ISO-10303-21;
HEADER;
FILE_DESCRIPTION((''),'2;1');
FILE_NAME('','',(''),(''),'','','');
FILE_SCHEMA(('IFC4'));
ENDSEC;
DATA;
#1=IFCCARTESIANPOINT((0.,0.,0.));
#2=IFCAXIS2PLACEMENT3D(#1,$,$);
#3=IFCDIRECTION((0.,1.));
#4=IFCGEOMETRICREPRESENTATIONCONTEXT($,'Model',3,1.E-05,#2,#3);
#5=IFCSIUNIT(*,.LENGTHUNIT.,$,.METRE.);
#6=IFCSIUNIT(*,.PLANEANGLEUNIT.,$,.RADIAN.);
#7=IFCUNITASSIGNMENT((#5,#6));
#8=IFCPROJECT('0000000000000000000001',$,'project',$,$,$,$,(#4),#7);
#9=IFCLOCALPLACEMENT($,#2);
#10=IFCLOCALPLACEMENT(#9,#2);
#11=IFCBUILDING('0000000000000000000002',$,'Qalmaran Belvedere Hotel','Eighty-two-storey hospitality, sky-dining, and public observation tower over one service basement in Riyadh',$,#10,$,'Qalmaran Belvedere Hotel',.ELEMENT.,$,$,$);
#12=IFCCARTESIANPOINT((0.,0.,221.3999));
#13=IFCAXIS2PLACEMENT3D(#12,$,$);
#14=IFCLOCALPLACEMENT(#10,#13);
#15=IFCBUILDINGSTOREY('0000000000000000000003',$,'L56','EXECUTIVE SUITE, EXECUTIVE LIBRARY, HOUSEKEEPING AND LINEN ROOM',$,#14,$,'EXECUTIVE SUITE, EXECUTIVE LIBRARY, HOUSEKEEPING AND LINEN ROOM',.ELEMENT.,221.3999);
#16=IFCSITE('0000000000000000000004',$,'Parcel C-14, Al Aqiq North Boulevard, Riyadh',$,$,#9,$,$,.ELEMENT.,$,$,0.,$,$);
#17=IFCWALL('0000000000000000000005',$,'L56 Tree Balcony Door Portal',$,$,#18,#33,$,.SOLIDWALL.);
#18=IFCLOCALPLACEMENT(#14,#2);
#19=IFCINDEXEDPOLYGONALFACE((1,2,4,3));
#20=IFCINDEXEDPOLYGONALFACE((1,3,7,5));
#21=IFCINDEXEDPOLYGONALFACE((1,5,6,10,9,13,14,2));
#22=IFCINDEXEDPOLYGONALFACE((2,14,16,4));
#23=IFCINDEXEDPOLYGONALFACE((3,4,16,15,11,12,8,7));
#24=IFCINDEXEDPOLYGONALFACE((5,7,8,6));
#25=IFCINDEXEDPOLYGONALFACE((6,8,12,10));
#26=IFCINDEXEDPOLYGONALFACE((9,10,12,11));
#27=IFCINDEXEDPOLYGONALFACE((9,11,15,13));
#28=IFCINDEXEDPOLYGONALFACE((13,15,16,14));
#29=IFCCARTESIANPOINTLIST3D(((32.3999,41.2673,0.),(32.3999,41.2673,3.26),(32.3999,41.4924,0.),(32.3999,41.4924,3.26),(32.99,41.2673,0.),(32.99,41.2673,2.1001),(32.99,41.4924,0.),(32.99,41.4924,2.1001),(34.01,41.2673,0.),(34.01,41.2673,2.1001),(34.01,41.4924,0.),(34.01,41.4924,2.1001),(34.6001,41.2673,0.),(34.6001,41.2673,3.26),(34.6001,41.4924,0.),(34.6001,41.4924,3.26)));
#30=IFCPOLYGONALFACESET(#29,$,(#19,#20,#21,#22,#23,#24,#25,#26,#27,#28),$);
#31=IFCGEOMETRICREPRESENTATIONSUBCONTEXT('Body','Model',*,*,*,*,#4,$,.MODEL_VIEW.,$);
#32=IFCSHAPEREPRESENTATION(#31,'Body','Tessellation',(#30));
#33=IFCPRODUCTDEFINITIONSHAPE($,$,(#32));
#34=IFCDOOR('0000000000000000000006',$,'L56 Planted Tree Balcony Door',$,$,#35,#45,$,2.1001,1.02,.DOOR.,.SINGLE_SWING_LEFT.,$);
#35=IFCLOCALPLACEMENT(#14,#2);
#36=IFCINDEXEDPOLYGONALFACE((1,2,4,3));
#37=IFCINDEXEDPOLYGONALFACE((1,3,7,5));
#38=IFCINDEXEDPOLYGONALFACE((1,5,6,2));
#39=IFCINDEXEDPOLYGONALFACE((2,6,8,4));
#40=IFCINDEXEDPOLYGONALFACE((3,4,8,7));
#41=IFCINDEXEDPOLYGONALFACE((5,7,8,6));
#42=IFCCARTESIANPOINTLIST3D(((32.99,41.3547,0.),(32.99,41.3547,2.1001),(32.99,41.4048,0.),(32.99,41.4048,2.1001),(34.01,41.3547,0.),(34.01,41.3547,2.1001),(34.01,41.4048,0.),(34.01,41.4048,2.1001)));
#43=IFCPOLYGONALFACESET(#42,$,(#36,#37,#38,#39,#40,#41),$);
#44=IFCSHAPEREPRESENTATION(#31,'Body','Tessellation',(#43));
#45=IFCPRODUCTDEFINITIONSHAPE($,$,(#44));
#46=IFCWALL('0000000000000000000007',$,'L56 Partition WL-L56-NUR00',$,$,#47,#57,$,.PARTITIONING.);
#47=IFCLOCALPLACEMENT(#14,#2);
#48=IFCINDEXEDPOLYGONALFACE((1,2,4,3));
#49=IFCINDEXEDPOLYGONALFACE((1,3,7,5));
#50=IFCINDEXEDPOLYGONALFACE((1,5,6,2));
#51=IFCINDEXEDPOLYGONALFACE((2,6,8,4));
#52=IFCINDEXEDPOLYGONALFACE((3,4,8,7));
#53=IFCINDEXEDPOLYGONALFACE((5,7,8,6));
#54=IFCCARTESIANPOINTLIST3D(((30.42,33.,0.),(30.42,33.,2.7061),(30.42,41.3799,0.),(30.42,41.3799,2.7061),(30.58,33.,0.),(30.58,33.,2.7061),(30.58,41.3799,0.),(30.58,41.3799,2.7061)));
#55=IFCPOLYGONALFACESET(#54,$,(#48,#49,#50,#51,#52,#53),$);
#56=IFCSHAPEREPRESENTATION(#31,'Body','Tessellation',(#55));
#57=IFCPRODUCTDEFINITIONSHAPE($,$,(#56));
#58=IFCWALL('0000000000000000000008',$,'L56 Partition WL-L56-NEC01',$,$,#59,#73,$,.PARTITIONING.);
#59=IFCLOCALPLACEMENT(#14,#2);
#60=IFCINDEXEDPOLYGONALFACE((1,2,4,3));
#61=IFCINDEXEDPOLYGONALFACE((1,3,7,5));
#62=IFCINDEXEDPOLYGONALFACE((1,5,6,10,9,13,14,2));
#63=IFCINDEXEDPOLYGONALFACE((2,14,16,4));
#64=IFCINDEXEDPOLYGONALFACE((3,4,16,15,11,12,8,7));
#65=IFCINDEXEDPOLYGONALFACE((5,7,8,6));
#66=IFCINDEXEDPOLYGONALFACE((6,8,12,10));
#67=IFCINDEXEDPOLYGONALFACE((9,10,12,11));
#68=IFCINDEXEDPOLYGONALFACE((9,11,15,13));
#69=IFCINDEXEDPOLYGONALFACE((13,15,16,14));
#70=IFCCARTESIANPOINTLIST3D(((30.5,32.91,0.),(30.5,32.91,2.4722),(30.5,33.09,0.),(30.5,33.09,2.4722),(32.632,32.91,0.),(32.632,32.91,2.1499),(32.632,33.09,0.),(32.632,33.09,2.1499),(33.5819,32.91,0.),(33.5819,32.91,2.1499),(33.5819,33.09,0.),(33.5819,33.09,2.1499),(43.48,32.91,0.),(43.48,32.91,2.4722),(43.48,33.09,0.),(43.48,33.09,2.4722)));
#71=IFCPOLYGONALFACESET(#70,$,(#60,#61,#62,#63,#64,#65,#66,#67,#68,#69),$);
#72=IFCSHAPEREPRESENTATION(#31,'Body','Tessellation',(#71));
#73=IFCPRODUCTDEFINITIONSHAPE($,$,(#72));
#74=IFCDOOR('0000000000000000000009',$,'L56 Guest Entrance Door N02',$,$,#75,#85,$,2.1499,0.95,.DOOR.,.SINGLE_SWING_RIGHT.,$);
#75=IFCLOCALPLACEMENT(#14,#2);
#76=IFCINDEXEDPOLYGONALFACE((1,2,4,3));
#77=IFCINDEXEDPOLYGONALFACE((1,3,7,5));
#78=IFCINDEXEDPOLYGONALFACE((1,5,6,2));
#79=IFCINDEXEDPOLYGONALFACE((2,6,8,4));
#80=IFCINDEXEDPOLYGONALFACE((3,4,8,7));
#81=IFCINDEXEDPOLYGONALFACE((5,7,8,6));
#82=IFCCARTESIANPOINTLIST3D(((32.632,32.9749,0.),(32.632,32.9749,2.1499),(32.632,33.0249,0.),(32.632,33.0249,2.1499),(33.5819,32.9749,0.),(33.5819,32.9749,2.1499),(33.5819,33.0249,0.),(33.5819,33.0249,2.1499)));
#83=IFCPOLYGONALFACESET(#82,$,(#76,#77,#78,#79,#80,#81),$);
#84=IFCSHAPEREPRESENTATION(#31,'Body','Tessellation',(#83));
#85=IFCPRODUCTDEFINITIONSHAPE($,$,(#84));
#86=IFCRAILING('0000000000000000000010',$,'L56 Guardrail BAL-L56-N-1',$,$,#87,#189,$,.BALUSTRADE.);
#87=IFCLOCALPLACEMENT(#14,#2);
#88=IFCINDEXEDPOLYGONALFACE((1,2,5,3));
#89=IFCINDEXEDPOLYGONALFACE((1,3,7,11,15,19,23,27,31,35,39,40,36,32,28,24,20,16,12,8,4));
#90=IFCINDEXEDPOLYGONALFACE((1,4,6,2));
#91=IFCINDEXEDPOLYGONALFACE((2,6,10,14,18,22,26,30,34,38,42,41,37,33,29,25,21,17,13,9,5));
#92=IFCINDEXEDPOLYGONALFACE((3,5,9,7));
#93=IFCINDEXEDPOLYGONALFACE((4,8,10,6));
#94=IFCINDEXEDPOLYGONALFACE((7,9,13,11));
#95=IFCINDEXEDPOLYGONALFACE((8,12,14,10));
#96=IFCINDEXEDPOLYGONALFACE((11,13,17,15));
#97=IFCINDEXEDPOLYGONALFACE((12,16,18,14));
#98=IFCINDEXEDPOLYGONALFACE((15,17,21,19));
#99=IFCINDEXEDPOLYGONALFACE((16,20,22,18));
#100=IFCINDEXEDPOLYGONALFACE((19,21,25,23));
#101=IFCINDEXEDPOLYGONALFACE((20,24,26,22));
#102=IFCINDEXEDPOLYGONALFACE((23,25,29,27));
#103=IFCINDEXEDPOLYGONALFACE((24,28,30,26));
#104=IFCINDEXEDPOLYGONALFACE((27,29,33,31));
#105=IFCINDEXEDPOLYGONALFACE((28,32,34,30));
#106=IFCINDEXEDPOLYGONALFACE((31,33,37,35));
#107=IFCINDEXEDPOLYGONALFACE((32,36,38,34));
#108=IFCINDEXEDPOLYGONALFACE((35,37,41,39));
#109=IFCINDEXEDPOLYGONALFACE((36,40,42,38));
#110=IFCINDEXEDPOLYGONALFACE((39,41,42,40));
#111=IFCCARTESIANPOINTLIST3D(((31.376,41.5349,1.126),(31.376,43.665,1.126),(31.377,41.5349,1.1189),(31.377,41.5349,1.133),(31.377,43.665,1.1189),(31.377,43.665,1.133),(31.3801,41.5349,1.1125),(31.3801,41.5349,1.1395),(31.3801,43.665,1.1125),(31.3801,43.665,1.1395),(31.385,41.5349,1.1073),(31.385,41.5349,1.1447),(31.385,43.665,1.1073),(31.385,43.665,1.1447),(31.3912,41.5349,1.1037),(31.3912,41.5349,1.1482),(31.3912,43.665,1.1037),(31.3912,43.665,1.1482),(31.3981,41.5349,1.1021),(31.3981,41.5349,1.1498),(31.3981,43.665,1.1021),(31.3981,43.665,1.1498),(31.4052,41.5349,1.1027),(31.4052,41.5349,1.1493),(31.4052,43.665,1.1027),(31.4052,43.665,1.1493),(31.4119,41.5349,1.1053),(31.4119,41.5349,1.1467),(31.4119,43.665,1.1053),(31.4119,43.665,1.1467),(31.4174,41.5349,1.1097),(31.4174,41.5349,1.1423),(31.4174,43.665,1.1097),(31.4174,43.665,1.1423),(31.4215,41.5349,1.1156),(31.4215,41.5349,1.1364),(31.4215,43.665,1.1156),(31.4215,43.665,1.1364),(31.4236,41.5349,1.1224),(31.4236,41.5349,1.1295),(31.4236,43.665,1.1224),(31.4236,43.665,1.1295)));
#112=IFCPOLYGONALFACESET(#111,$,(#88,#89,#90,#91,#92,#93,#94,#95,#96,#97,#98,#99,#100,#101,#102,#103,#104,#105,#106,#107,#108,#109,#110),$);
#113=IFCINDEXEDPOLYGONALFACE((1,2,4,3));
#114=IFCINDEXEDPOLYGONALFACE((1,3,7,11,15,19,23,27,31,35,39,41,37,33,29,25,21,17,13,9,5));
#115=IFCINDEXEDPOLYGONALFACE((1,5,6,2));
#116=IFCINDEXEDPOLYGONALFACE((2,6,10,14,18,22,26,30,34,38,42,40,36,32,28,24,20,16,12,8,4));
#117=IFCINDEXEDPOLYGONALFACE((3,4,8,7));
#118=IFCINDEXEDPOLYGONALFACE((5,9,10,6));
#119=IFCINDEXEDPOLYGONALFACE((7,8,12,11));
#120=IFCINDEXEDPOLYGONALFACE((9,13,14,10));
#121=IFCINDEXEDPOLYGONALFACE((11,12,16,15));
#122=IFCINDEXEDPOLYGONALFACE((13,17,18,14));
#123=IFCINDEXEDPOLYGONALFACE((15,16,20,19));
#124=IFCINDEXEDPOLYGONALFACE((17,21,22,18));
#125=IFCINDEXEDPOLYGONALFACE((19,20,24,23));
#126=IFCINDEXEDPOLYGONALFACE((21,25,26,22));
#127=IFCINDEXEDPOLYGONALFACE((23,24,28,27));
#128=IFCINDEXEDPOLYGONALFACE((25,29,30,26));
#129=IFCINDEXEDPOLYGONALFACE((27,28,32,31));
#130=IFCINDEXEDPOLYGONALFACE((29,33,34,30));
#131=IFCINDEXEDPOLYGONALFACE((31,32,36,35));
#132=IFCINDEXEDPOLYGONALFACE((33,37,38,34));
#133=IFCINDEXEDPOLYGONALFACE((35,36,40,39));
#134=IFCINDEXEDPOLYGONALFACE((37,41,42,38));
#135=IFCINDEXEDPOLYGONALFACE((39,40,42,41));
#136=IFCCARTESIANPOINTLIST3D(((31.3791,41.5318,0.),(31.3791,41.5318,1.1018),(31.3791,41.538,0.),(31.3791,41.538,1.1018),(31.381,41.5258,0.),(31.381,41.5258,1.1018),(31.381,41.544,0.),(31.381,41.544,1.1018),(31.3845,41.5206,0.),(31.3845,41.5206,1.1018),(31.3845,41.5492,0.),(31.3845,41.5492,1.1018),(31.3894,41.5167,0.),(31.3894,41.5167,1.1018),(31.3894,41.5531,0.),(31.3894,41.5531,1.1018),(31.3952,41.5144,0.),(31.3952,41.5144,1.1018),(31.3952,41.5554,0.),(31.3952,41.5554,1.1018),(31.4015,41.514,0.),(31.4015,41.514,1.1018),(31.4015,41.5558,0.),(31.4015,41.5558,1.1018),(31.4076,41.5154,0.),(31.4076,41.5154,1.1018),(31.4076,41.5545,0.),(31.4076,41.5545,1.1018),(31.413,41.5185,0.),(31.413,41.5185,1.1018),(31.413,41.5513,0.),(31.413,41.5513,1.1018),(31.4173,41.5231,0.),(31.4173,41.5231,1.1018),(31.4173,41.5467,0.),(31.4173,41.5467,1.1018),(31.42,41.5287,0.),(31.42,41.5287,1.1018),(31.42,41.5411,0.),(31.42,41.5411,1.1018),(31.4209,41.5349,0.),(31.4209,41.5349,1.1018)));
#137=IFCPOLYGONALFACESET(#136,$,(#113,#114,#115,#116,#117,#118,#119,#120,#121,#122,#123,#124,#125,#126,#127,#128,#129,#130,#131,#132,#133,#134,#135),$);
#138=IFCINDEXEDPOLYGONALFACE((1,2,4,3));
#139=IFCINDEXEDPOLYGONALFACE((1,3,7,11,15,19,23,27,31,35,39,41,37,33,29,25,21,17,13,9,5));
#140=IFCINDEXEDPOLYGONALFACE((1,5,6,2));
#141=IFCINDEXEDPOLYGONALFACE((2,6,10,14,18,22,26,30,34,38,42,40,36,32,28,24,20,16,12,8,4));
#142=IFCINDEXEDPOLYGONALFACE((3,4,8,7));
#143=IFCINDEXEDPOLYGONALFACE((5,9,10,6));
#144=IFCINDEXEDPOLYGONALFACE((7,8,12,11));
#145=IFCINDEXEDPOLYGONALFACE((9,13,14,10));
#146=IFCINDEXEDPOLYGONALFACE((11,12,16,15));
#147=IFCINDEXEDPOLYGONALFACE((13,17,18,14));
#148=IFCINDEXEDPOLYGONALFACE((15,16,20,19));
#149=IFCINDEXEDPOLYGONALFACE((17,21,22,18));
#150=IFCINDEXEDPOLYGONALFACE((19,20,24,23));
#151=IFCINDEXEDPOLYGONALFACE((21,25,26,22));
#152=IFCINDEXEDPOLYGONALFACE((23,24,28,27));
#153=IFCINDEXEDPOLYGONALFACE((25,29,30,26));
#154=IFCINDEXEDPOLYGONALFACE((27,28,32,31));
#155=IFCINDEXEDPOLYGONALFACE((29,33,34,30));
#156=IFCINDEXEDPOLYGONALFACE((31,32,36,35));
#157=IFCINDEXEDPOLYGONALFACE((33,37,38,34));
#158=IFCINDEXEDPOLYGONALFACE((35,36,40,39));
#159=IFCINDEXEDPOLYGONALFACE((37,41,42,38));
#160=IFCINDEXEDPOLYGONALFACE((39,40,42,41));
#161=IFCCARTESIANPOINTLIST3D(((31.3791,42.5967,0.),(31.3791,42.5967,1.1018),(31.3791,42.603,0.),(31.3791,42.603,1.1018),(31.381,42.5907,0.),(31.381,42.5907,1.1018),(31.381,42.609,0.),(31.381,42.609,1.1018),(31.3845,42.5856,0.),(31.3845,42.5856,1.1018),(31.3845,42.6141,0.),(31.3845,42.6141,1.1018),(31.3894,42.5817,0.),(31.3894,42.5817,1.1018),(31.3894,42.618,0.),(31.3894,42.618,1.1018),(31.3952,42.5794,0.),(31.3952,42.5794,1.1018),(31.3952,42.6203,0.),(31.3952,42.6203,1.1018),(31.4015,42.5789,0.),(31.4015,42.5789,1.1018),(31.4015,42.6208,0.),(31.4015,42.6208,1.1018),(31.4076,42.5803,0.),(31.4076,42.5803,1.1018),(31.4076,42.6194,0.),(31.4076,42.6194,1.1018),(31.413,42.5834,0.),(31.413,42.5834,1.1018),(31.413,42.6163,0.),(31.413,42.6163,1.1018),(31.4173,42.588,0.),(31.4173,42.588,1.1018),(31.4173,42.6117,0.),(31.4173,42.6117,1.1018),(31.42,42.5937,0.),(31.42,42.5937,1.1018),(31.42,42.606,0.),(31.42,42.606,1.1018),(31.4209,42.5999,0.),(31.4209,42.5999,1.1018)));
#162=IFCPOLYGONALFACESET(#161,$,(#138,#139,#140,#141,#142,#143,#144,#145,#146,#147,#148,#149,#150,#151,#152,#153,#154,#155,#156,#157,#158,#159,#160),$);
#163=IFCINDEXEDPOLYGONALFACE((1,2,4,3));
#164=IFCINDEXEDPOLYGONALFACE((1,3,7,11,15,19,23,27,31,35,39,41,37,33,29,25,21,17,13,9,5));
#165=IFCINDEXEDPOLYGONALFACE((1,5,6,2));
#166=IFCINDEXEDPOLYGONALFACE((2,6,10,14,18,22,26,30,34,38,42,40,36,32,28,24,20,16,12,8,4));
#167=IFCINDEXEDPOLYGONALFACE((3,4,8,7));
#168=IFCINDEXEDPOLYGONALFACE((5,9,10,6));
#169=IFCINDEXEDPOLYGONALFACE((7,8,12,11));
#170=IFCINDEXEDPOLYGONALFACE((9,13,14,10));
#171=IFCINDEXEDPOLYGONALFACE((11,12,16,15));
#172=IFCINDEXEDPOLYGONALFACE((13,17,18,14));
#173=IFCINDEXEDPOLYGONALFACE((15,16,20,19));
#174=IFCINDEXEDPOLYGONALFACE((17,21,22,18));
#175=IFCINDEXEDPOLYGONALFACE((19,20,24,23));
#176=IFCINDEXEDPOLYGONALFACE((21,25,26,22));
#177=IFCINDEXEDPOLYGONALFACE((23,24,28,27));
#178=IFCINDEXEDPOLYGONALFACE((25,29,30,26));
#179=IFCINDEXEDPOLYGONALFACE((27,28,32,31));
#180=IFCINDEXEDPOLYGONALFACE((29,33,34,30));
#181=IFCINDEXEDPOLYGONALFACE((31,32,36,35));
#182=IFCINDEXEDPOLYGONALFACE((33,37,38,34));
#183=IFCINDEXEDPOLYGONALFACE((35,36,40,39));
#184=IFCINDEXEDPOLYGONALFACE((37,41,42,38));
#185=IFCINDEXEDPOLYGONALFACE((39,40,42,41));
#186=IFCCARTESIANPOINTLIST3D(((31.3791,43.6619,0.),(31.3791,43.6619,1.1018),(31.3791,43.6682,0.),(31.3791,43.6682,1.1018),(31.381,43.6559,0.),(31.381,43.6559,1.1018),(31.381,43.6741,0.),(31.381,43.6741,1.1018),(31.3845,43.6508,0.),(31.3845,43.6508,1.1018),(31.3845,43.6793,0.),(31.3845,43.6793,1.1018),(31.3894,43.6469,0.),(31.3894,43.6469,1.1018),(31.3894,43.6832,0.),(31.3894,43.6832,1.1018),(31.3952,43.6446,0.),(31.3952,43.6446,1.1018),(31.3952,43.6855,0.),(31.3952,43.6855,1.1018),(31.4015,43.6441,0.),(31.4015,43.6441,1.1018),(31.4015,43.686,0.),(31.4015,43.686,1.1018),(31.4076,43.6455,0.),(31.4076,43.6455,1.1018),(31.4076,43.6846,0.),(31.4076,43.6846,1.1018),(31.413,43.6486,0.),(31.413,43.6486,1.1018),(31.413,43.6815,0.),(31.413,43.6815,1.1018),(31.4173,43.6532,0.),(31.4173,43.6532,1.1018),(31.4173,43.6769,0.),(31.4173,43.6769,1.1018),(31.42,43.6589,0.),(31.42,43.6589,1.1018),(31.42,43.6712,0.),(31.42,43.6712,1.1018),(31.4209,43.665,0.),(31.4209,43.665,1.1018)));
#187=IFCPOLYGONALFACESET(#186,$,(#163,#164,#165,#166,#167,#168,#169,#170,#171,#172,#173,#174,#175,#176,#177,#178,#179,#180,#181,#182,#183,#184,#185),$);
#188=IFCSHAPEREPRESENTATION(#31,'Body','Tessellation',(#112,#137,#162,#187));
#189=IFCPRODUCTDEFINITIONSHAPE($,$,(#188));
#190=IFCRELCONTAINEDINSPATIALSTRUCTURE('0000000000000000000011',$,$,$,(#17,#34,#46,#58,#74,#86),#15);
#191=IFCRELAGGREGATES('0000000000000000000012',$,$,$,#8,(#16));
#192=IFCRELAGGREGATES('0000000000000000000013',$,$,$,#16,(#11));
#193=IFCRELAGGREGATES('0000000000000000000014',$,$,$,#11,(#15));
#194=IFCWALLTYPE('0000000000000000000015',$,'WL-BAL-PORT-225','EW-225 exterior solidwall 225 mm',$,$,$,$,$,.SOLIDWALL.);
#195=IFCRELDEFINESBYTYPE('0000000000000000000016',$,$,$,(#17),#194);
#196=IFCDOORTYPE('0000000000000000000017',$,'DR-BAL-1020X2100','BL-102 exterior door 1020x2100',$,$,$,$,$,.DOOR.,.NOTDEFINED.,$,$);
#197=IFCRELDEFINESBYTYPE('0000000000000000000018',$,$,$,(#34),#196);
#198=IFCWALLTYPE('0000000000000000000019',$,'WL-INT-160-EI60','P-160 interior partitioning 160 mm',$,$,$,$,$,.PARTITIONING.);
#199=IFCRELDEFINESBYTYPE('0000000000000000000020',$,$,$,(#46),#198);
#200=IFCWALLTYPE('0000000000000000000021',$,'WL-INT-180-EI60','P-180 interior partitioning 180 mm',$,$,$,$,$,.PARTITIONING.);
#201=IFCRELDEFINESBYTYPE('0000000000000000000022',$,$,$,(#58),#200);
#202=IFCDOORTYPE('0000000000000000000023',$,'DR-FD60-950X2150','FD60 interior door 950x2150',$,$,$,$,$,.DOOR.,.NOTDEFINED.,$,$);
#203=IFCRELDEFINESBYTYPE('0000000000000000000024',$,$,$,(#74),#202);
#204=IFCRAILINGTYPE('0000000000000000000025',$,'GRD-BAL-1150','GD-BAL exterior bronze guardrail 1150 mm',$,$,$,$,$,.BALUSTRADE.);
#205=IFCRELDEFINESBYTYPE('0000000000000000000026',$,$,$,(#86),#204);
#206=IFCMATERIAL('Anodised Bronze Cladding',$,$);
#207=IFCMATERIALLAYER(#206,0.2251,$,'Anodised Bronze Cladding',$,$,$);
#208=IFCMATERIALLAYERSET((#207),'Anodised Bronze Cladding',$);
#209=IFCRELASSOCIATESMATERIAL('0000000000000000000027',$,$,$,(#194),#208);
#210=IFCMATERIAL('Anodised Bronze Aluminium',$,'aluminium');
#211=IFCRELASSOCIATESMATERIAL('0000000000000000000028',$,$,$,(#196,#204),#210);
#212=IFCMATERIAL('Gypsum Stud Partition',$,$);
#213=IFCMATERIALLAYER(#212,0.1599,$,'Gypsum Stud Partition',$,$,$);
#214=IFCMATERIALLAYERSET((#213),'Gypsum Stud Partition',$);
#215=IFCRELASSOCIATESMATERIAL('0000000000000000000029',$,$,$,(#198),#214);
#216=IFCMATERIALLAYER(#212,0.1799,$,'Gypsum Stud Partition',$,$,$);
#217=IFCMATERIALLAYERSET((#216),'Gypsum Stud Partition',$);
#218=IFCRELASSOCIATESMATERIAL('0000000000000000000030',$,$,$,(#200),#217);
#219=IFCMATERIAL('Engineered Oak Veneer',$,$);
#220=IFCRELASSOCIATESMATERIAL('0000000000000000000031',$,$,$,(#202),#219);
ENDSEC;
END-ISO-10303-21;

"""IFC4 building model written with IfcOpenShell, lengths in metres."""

from ifc_helpers import new_model, si_unit, direction, frame, frame_2d, origin, origin_2d, place, context, subcontext, project, spatial, rectangle, circle, extrude, material, layer, layer_set, type_object, element, fill, save


model = new_model("IFC4")

# Units and contexts
model_context = context("Model", 3, precision=1e-05, world=origin(), true_north=direction((0.0, 1.0)))
body_context = subcontext(model_context, "Body", "Model", "MODEL_VIEW")
ifc_project = project(units=[si_unit("LENGTHUNIT", "METRE"), si_unit("PLANEANGLEUNIT", "RADIAN")], contexts=[model_context])

# Site, building, storey
site_placement = place(None, origin())
site = spatial("IfcSite", under=ifc_project, at=site_placement, Name="Parcel C-14, Al Aqiq North Boulevard, Riyadh", CompositionType="ELEMENT", RefElevation=0.0)
building_placement = place(site_placement, origin())
building = spatial("IfcBuilding", under=site, at=building_placement, Name="Qalmaran Belvedere Hotel", Description="Eighty-two-storey hospitality, sky-dining, and public observation tower over one service basement in Riyadh", LongName="Qalmaran Belvedere Hotel", CompositionType="ELEMENT")
storey_placement = place(building_placement, frame((0.0, 0.0, 221.3999)))
storey = spatial("IfcBuildingStorey", under=building, at=storey_placement, Name="L56", Description="EXECUTIVE SUITE, EXECUTIVE LIBRARY, HOUSEKEEPING AND LINEN ROOM", LongName="EXECUTIVE SUITE, EXECUTIVE LIBRARY, HOUSEKEEPING AND LINEN ROOM", CompositionType="ELEMENT", Elevation=221.3999)

# Shared definitions
ifc_material_1 = material(Name="Anodised Bronze Aluminium", Category="aluminium")

# Wall, opening, door
ifc_material_2 = material(Name="Anodised Bronze Cladding")
ifc_layer_1 = layer(ifc_material_2, 0.2251, Name="Anodised Bronze Cladding")
ifc_layer_set_1 = layer_set([ifc_layer_1], Name="Anodised Bronze Cladding")
wall_type_1 = type_object("IfcWallType", Name="WL-BAL-PORT-225", Description="EW-225 exterior solidwall 225 mm", PredefinedType="SOLIDWALL", material=ifc_layer_set_1)
wall_1_placement = place(storey_placement, frame((32.3999, 41.3799, 0.0), z_axis=(0.0, 0.0, 1.0), x_axis=(1.0, 0.0, 0.0)))
wall_1 = element("IfcWall", 1, at=wall_1_placement, inside=storey, type_object=wall_type_1, Name="L56 Tree Balcony Door Portal", PredefinedType="SOLIDWALL", context=body_context, shape_type="SweptSolid", body=[
    extrude(rectangle(XDim=2.2002, YDim=0.2251, at=frame_2d((1.1001, 0.0))), origin(), (0.0, 0.0, 1.0), 3.26),
])
opening_1_placement = place(wall_1_placement, frame((0.5901, 0.0, 0.0)))
opening_1 = element("IfcOpeningElement", 2, at=opening_1_placement, cuts=wall_1, PredefinedType="OPENING", context=body_context, shape_type="SweptSolid", body=[
    extrude(rectangle(XDim=1.02, YDim=2.1001, at=frame_2d((0.51, 1.05))), frame((0.0, 0.1226, 0.0), z_axis=(0.0, -1.0, 0.0), x_axis=(1.0, 0.0, 0.0)), (0.0, 0.0, 1.0), 0.2451),
])
door_type_1 = type_object("IfcDoorType", Name="DR-BAL-1020X2100", Description="BL-102 exterior door 1020x2100", OperationType="NOTDEFINED", PredefinedType="DOOR", material=ifc_material_1)
door_1_placement = place(opening_1_placement, origin())
door_1 = element("IfcDoor", 3, at=door_1_placement, inside=storey, type_object=door_type_1, Name="L56 Planted Tree Balcony Door", OperationType="SINGLE_SWING_LEFT", OverallHeight=2.1001, OverallWidth=1.02, PredefinedType="DOOR", context=body_context, shape_type="SweptSolid", body=[
    extrude(rectangle(XDim=1.02, YDim=2.1001, at=frame_2d((0.51, 1.05))), frame((0.0, 0.0249, 0.0), z_axis=(0.0, -1.0, 0.0), x_axis=(1.0, 0.0, 0.0)), (0.0, 0.0, 1.0), 0.05),
])
fill(opening_1, door_1)

# Wall
ifc_material_3 = material(Name="Gypsum Stud Partition")
ifc_layer_2 = layer(ifc_material_3, 0.1599, Name="Gypsum Stud Partition")
ifc_layer_set_2 = layer_set([ifc_layer_2], Name="Gypsum Stud Partition")
wall_type_2 = type_object("IfcWallType", Name="WL-INT-160-EI60", Description="P-160 interior partitioning 160 mm", PredefinedType="PARTITIONING", material=ifc_layer_set_2)
wall_2_placement = place(storey_placement, frame((30.5, 33.0, 0.0), z_axis=(0.0, 0.0, 1.0), x_axis=(0.0, 1.0, 0.0)))
element("IfcWall", 4, at=wall_2_placement, inside=storey, type_object=wall_type_2, Name="L56 Partition WL-L56-NUR00", PredefinedType="PARTITIONING", context=body_context, shape_type="SweptSolid", body=[
    extrude(rectangle(XDim=8.3799, YDim=0.1599, at=frame_2d((4.1899, 0.0))), origin(), (0.0, 0.0, 1.0), 2.7061),
])

# Wall, opening, door
ifc_layer_3 = layer(ifc_material_3, 0.1799, Name="Gypsum Stud Partition")
ifc_layer_set_3 = layer_set([ifc_layer_3], Name="Gypsum Stud Partition")
wall_type_3 = type_object("IfcWallType", Name="WL-INT-180-EI60", Description="P-180 interior partitioning 180 mm", PredefinedType="PARTITIONING", material=ifc_layer_set_3)
wall_3_placement = place(storey_placement, frame((30.5, 33.0, 0.0), z_axis=(0.0, 0.0, 1.0), x_axis=(1.0, 0.0, 0.0)))
wall_3 = element("IfcWall", 5, at=wall_3_placement, inside=storey, type_object=wall_type_3, Name="L56 Partition WL-L56-NEC01", PredefinedType="PARTITIONING", context=body_context, shape_type="SweptSolid", body=[
    extrude(rectangle(XDim=12.98, YDim=0.1799, at=frame_2d((6.49, 0.0))), origin(), (0.0, 0.0, 1.0), 2.4722),
])
opening_2_placement = place(wall_3_placement, frame((2.1318, 0.0, 0.0)))
opening_2 = element("IfcOpeningElement", 6, at=opening_2_placement, cuts=wall_3, PredefinedType="OPENING", context=body_context, shape_type="SweptSolid", body=[
    extrude(rectangle(XDim=0.95, YDim=2.1499, at=frame_2d((0.4751, 1.075))), frame((0.0, 0.1001, 0.0), z_axis=(0.0, -1.0, 0.0), x_axis=(1.0, 0.0, 0.0)), (0.0, 0.0, 1.0), 0.2),
])
ifc_material_4 = material(Name="Engineered Oak Veneer")
door_type_2 = type_object("IfcDoorType", Name="DR-FD60-950X2150", Description="FD60 interior door 950x2150", OperationType="NOTDEFINED", PredefinedType="DOOR", material=ifc_material_4)
door_2_placement = place(opening_2_placement, origin())
door_2 = element("IfcDoor", 7, at=door_2_placement, inside=storey, type_object=door_type_2, Name="L56 Guest Entrance Door N02", OperationType="SINGLE_SWING_RIGHT", OverallHeight=2.1499, OverallWidth=0.95, PredefinedType="DOOR", context=body_context, shape_type="SweptSolid", body=[
    extrude(rectangle(XDim=0.95, YDim=2.1499, at=frame_2d((0.4751, 1.075))), frame((0.0, 0.0249, 0.0), z_axis=(0.0, -1.0, 0.0), x_axis=(1.0, 0.0, 0.0)), (0.0, 0.0, 1.0), 0.05),
])
fill(opening_2, door_2)

# Railing
railing_type = type_object("IfcRailingType", Name="GRD-BAL-1150", Description="GD-BAL exterior bronze guardrail 1150 mm", PredefinedType="BALUSTRADE", material=ifc_material_1)
railing_1_placement = place(storey_placement, frame((31.3999, 41.5349, 0.0)))
element("IfcRailing", 8, at=railing_1_placement, inside=storey, type_object=railing_type, Name="L56 Guardrail BAL-L56-N-1", PredefinedType="BALUSTRADE", context=body_context, shape_type="SweptSolid", body=[
    extrude(circle(Radius=0.0239, at=origin_2d()), frame((0.0, 0.0, 1.126), z_axis=(0.0, 1.0, 0.0), x_axis=(-1.0, 0.0, 0.0)), (0.0, 0.0, 1.0), 2.1301),
    extrude(circle(Radius=0.021, at=origin_2d()), origin(), (0.0, 0.0, 1.0), 1.1018),
    extrude(circle(Radius=0.021, at=origin_2d()), frame((0.0, 1.0649, 0.0)), (0.0, 0.0, 1.0), 1.1018),
    extrude(circle(Radius=0.021, at=origin_2d()), frame((0.0, 2.1301, 0.0)), (0.0, 0.0, 1.0), 1.1018),
])

save(model, "model.ifc")
